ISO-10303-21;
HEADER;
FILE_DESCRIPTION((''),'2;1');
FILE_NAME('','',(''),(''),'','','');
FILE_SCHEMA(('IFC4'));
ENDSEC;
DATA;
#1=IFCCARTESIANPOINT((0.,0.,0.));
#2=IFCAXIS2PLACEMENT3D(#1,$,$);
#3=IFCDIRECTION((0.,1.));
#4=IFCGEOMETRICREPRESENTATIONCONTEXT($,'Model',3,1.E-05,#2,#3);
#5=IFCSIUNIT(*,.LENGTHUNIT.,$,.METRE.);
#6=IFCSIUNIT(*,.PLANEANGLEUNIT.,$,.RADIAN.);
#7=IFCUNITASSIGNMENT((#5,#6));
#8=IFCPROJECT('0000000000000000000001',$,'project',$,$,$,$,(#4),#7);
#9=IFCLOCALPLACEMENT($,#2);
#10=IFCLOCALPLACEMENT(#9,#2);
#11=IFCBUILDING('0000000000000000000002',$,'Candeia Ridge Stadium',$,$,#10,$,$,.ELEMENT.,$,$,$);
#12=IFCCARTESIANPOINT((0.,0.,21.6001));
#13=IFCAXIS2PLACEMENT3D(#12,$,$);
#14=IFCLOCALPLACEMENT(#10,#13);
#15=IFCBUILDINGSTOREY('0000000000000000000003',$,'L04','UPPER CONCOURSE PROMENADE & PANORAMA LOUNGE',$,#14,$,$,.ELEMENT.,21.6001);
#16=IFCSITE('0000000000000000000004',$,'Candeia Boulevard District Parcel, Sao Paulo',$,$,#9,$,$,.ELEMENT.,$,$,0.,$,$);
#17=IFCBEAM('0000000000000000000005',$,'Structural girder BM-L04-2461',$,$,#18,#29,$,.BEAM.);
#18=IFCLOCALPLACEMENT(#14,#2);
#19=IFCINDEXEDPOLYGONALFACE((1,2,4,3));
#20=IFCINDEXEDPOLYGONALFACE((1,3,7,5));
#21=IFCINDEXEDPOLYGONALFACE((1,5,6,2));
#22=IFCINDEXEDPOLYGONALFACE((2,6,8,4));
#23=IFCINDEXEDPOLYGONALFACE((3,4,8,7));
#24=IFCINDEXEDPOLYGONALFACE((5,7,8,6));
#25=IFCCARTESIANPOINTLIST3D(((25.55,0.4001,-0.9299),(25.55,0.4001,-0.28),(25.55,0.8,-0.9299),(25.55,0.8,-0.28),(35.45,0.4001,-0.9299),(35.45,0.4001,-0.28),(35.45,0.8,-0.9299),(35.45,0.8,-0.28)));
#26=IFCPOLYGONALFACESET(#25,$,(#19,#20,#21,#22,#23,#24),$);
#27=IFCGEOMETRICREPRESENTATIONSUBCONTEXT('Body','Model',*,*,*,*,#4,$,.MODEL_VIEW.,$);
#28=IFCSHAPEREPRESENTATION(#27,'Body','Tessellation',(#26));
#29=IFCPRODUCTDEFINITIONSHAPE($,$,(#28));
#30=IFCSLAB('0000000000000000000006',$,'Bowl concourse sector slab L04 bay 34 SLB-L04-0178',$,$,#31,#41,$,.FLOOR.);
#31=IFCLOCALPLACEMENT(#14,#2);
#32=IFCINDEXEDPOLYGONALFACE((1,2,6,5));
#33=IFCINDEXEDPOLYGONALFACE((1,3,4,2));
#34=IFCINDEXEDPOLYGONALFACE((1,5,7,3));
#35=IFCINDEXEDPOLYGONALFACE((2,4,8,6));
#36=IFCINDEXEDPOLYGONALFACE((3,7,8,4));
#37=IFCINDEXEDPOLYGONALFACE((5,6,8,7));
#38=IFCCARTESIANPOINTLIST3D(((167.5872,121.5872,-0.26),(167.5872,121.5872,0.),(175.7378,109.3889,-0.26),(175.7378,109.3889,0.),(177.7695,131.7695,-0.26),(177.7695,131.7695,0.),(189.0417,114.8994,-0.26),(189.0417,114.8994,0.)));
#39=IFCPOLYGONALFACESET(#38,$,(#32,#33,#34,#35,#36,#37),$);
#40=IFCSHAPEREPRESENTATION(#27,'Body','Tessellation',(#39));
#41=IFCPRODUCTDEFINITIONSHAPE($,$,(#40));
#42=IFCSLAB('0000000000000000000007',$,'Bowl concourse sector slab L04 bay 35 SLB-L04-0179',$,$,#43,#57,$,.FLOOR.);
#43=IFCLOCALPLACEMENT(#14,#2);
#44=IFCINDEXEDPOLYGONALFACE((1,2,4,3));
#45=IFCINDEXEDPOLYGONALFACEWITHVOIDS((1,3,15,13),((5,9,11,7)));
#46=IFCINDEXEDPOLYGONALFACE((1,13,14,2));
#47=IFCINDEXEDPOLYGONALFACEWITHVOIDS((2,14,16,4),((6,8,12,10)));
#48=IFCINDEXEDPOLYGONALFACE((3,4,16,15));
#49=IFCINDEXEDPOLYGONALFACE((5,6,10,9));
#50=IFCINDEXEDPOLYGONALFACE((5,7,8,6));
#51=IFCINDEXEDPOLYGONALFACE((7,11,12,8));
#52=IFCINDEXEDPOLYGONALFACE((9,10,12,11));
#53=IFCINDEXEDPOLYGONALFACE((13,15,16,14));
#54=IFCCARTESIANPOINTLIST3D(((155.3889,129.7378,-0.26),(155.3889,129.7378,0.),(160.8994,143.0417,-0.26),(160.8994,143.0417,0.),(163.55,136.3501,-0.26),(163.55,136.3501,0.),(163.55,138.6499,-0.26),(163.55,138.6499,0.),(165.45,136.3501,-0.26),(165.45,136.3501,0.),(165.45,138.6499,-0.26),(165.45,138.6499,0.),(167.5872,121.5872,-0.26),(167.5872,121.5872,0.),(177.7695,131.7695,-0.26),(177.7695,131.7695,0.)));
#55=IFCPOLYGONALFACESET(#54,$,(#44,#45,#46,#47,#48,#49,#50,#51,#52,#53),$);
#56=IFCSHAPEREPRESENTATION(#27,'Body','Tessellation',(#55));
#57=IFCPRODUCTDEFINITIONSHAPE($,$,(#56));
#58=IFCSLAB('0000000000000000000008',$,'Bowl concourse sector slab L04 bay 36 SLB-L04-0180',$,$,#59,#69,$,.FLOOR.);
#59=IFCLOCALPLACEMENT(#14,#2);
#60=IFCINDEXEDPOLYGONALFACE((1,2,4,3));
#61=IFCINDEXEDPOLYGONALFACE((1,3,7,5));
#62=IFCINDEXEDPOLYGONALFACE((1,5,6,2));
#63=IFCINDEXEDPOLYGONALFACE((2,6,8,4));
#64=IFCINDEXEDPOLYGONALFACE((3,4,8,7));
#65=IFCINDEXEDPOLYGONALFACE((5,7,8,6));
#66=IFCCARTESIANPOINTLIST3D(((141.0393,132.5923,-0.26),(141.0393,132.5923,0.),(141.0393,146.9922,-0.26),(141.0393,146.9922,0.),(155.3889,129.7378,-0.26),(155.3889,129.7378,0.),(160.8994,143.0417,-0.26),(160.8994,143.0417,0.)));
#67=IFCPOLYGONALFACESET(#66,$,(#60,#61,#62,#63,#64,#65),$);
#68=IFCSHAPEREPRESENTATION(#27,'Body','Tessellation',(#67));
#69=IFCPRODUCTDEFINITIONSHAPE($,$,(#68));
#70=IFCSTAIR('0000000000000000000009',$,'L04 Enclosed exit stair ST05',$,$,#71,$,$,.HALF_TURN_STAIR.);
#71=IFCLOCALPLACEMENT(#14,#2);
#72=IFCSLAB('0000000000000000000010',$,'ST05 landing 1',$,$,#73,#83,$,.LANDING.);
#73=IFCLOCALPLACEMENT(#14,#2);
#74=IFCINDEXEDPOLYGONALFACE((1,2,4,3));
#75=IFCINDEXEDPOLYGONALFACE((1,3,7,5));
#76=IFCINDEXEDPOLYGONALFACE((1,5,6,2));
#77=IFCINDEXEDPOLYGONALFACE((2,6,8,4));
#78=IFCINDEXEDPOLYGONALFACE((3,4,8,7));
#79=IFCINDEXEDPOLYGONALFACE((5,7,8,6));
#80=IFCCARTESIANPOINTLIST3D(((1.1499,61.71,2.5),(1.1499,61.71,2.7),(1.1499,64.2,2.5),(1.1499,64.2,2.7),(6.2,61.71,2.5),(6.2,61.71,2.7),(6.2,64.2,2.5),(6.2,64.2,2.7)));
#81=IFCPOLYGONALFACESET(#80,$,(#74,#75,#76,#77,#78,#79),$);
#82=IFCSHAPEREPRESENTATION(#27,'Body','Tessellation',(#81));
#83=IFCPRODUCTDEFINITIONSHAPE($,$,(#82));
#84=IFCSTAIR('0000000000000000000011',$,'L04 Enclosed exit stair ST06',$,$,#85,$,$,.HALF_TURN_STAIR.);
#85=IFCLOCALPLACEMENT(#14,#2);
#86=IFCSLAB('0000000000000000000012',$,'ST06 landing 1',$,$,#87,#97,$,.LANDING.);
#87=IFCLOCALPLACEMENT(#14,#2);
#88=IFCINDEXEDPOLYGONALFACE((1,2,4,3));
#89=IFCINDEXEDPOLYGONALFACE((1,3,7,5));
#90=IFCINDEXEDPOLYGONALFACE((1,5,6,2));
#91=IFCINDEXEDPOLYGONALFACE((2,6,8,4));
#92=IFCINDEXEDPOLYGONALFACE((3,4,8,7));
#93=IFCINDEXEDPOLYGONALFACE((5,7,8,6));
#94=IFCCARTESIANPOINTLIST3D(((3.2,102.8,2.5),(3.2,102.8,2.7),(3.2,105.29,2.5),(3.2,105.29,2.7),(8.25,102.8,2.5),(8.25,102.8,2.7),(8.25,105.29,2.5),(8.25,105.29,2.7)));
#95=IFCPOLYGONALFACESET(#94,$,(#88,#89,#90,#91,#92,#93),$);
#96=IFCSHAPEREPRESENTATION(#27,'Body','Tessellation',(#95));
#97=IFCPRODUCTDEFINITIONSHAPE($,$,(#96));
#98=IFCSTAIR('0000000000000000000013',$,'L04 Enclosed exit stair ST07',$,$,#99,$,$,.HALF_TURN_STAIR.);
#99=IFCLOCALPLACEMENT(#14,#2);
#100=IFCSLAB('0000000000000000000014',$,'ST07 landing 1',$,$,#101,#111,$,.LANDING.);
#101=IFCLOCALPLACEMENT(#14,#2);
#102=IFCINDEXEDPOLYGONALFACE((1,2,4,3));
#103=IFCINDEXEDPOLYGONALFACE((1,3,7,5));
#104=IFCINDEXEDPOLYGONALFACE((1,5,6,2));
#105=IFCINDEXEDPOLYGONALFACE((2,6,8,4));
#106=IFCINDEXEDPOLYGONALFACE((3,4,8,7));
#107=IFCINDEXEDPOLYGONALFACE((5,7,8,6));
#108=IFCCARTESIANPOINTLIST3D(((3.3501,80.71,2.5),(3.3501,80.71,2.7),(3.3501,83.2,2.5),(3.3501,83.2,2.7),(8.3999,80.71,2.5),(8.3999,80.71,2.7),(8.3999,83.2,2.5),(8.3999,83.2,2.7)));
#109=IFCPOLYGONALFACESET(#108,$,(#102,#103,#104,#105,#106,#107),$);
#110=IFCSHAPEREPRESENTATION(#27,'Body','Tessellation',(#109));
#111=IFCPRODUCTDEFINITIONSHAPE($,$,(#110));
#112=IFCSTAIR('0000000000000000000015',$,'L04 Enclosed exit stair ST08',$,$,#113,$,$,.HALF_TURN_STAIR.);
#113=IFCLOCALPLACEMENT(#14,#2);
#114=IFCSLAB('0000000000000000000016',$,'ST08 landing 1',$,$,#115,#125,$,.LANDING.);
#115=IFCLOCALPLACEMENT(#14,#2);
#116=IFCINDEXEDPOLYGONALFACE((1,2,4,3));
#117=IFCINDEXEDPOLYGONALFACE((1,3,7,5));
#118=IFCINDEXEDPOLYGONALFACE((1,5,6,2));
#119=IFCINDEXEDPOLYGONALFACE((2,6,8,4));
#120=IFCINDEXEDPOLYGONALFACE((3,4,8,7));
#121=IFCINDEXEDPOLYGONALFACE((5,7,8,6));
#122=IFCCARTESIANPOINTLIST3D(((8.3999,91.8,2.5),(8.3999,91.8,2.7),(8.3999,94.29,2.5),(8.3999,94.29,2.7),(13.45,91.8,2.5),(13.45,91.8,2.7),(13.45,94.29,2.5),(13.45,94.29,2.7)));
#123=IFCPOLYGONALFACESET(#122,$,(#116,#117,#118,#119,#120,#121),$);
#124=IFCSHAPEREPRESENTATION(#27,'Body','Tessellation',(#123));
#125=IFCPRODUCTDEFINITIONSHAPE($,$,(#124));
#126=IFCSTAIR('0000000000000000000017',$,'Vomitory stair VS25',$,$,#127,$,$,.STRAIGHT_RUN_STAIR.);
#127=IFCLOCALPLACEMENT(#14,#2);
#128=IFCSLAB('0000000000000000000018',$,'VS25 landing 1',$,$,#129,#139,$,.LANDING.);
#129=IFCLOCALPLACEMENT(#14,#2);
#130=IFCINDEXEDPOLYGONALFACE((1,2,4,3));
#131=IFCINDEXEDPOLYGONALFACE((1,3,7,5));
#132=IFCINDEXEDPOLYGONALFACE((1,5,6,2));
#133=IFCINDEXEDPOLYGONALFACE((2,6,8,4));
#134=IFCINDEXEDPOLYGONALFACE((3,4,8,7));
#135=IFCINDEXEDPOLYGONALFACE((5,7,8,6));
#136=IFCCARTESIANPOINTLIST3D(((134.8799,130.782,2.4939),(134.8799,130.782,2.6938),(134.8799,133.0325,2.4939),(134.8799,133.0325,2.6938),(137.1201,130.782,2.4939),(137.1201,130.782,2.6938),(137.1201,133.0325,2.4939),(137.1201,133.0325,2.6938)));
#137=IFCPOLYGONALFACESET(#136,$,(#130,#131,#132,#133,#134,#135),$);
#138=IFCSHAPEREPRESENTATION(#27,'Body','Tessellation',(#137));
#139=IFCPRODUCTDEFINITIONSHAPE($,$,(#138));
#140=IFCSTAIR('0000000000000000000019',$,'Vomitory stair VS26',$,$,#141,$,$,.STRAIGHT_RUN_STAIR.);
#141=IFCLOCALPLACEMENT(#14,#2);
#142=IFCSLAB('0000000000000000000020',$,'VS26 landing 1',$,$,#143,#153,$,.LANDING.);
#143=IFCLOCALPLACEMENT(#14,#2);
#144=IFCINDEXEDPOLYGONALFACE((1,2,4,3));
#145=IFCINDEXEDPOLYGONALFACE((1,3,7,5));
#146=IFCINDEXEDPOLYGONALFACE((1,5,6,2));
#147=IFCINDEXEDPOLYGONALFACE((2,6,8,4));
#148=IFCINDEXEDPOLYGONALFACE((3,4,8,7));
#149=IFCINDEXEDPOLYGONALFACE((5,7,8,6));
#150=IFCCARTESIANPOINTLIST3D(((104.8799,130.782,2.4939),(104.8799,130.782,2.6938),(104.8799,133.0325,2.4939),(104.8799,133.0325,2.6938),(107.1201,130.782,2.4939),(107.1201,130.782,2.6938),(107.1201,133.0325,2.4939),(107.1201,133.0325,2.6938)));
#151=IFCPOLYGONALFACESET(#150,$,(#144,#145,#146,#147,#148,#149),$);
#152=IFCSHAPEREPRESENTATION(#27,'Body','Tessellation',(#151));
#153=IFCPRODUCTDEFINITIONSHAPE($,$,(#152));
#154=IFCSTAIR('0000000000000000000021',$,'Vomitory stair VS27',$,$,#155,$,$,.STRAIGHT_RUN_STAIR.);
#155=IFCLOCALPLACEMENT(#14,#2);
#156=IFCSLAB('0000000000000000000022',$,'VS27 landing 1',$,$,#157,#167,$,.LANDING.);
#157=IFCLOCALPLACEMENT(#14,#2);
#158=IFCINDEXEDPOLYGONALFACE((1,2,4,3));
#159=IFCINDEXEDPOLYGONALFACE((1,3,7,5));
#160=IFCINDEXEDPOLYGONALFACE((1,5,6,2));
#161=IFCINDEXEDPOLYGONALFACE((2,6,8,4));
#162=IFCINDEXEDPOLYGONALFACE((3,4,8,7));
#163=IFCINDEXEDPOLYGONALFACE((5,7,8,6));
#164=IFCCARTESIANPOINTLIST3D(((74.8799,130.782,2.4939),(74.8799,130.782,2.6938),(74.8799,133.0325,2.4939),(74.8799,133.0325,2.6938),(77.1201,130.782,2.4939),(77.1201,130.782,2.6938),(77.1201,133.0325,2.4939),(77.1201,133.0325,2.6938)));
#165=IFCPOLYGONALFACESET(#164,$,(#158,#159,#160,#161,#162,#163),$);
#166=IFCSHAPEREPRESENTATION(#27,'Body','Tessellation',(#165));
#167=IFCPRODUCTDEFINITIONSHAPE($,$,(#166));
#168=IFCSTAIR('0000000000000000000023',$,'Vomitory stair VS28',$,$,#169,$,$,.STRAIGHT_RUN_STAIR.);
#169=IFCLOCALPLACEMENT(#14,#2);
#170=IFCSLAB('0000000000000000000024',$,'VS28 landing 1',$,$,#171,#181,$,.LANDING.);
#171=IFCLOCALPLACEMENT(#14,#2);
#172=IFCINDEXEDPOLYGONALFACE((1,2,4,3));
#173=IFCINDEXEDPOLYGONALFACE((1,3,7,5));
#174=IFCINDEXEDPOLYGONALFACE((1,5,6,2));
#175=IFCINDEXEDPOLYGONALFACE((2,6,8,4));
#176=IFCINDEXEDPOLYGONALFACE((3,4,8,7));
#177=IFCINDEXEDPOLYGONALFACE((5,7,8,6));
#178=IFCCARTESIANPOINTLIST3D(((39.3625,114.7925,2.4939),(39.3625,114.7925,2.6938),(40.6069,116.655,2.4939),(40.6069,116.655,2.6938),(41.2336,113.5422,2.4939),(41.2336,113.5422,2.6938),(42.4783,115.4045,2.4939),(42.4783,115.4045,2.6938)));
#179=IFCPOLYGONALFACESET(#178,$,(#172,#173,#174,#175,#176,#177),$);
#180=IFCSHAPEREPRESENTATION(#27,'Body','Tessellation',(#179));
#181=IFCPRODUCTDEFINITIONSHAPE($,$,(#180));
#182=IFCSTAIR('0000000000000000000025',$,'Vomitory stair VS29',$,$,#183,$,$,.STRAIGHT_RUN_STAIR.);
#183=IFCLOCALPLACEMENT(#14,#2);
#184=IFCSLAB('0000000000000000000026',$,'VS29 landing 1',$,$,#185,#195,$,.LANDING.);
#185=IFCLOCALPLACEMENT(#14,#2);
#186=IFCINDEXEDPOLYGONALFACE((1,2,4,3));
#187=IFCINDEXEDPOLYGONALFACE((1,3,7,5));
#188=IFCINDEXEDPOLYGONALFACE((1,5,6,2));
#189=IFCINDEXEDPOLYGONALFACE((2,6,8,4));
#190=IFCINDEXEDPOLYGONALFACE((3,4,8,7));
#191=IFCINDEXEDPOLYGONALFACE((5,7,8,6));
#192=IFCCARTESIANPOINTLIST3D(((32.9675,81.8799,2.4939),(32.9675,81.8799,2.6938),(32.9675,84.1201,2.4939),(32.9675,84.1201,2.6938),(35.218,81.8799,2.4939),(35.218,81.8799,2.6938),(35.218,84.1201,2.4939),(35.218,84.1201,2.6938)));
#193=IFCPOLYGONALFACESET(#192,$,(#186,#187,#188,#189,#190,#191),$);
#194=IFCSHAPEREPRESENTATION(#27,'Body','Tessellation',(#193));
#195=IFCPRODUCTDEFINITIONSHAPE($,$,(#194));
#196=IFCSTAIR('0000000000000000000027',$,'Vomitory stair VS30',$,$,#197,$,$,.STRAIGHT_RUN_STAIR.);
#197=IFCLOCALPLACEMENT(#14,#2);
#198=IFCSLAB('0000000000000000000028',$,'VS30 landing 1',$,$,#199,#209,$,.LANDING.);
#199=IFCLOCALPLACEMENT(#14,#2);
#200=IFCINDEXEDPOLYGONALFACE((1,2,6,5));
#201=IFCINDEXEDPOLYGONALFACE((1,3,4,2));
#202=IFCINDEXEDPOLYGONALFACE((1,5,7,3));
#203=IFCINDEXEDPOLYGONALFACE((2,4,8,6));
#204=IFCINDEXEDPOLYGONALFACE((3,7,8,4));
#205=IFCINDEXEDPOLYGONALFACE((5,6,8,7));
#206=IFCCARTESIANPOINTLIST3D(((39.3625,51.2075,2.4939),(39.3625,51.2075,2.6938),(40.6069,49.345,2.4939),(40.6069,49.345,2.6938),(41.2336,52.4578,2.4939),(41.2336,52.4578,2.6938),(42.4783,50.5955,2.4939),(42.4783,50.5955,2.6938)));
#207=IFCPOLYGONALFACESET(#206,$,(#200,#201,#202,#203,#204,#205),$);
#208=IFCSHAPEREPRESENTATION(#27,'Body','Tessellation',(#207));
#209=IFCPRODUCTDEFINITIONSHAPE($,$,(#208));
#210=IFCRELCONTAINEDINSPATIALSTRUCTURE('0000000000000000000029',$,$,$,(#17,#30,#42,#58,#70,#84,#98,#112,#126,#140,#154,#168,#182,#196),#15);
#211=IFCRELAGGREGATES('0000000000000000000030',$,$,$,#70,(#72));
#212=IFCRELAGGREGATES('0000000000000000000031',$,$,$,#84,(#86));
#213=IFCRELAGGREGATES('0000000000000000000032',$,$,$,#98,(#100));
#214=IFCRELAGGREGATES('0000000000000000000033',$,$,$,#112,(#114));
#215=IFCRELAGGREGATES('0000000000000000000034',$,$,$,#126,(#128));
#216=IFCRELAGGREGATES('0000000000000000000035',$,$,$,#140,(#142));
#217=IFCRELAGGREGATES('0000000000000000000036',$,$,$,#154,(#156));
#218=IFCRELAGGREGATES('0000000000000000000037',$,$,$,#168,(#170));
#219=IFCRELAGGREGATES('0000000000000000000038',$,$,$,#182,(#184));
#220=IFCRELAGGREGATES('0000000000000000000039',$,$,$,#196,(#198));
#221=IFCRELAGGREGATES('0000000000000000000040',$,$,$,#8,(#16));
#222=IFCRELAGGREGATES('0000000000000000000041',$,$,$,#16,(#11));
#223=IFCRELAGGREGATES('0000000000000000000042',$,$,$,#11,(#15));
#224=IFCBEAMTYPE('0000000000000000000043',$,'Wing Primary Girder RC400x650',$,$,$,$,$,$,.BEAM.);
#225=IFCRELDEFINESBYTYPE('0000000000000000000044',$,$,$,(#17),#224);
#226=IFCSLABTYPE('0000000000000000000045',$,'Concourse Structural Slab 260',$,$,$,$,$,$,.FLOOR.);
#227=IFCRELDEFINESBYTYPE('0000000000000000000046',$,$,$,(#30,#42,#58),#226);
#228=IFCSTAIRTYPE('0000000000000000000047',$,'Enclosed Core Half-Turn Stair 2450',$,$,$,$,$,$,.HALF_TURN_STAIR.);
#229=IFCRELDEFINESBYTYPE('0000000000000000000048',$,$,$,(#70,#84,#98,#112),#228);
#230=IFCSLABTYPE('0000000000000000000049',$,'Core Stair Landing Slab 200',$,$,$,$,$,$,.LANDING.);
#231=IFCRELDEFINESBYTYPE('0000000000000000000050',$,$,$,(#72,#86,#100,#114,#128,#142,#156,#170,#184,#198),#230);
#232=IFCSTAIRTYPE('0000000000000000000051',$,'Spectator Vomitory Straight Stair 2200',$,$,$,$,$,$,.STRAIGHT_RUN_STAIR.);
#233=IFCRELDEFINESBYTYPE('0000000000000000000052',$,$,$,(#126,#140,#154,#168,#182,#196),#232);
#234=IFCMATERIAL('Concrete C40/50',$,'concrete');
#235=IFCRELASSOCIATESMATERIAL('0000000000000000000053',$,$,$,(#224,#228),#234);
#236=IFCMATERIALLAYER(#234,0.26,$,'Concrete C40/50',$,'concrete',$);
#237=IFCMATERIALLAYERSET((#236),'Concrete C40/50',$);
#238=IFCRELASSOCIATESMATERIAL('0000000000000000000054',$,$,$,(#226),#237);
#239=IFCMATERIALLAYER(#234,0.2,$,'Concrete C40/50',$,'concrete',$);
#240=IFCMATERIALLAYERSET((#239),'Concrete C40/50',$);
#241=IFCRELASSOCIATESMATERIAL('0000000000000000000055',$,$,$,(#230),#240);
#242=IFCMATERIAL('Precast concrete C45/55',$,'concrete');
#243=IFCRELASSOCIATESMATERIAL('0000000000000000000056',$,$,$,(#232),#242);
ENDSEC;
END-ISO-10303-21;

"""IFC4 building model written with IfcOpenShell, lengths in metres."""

from ifc_helpers import new_model, si_unit, direction, frame, origin, origin_2d, place, context, subcontext, project, spatial, polyline, rectangle, outline, extrude, material, layer, layer_set, material_profile, profile_set, type_object, element, aggregate, save


model = new_model("IFC4")

# Units and contexts
model_context = context("Model", 3, precision=1e-05, world=origin(), true_north=direction((0.0, 1.0)))
body_context = subcontext(model_context, "Body", "Model", "MODEL_VIEW")
ifc_project = project(units=[si_unit("LENGTHUNIT", "METRE"), si_unit("PLANEANGLEUNIT", "RADIAN")], contexts=[model_context])

# Site, building, storey
site_placement = place(None, origin())
site = spatial("IfcSite", under=ifc_project, at=site_placement, Name="Candeia Boulevard District Parcel, Sao Paulo", CompositionType="ELEMENT", RefElevation=0.0)
building_placement = place(site_placement, origin())
building = spatial("IfcBuilding", under=site, at=building_placement, Name="Candeia Ridge Stadium", CompositionType="ELEMENT")
storey_placement = place(building_placement, frame((0.0, 0.0, 21.6001)))
storey = spatial("IfcBuildingStorey", under=building, at=storey_placement, Name="L04", Description="UPPER CONCOURSE PROMENADE & PANORAMA LOUNGE", CompositionType="ELEMENT", Elevation=21.6001)

# Beam
ifc_material_1 = material(Name="Concrete C40/50", Category="concrete")
ifc_material_profile = material_profile(ifc_material_1, rectangle(XDim=0.3999, YDim=0.6499, at=origin_2d()), Name="RC400x650", Category="concrete")
ifc_profile_set = profile_set([ifc_material_profile], Name="Concrete C40/50")
beam_type = type_object("IfcBeamType", Name="Wing Primary Girder RC400x650", PredefinedType="BEAM", material=ifc_profile_set)
beam_placement = place(storey_placement, frame((25.55, 0.6001, -0.605), z_axis=(1.0, 0.0, 0.0), x_axis=(0.0, 1.0, 0.0)))
element("IfcBeam", 1, at=beam_placement, inside=storey, type_object=beam_type, Name="Structural girder BM-L04-2461", PredefinedType="BEAM", context=body_context, shape_type="SweptSolid", body=[
    extrude(rectangle(XDim=0.3999, YDim=0.6499, at=origin_2d()), origin(), (0.0, 0.0, 1.0), 9.8999),
])

# Slabs
ifc_layer_1 = layer(ifc_material_1, 0.26, Name="Concrete C40/50", Category="concrete")
ifc_layer_set_1 = layer_set([ifc_layer_1], Name="Concrete C40/50")
slab_type_1 = type_object("IfcSlabType", Name="Concourse Structural Slab 260", PredefinedType="FLOOR", material=ifc_layer_set_1)
slab_1_placement = place(storey_placement, frame((0.0, 0.0, -0.26)))
element("IfcSlab", 2, at=slab_1_placement, inside=storey, type_object=slab_type_1, Name="Bowl concourse sector slab L04 bay 34 SLB-L04-0178", PredefinedType="FLOOR", context=body_context, shape_type="SweptSolid", body=[
    extrude(outline(polyline([(167.5872, 121.5872), (177.7695, 131.7695), (189.0417, 114.8994), (175.7378, 109.3889), (167.5872, 121.5872)])), origin(), (0.0, 0.0, 1.0), 0.26),
])
slab_2_placement = place(storey_placement, frame((0.0, 0.0, -0.26)))
element("IfcSlab", 3, at=slab_2_placement, inside=storey, type_object=slab_type_1, Name="Bowl concourse sector slab L04 bay 35 SLB-L04-0179", PredefinedType="FLOOR", context=body_context, shape_type="SweptSolid", body=[
    extrude(outline(polyline([(155.3889, 129.7378), (160.8994, 143.0417), (177.7695, 131.7695), (167.5872, 121.5872), (155.3889, 129.7378)]), holes=[polyline([(165.45, 136.3501), (165.45, 138.6499), (163.55, 138.6499), (163.55, 136.3501), (165.45, 136.3501)])]), origin(), (0.0, 0.0, 1.0), 0.26),
])
slab_3_placement = place(storey_placement, frame((0.0, 0.0, -0.26)))
element("IfcSlab", 4, at=slab_3_placement, inside=storey, type_object=slab_type_1, Name="Bowl concourse sector slab L04 bay 36 SLB-L04-0180", PredefinedType="FLOOR", context=body_context, shape_type="SweptSolid", body=[
    extrude(outline(polyline([(141.0393, 132.5923), (141.0393, 146.9922), (160.8994, 143.0417), (155.3889, 129.7378), (141.0393, 132.5923)])), origin(), (0.0, 0.0, 1.0), 0.26),
])

# Stairs, slabs
stair_type_1 = type_object("IfcStairType", Name="Enclosed Core Half-Turn Stair 2450", PredefinedType="HALF_TURN_STAIR", material=ifc_material_1)
stair_1_placement = place(storey_placement, origin())
stair_1 = element("IfcStair", 5, at=stair_1_placement, inside=storey, type_object=stair_type_1, Name="L04 Enclosed exit stair ST05", PredefinedType="HALF_TURN_STAIR")
ifc_layer_2 = layer(ifc_material_1, 0.2, Name="Concrete C40/50", Category="concrete")
ifc_layer_set_2 = layer_set([ifc_layer_2], Name="Concrete C40/50")
slab_type_2 = type_object("IfcSlabType", Name="Core Stair Landing Slab 200", PredefinedType="LANDING", material=ifc_layer_set_2)
slab_4_placement = place(storey_placement, frame((0.0, 0.0, 2.5)))
slab_4 = element("IfcSlab", 6, at=slab_4_placement, type_object=slab_type_2, Name="ST05 landing 1", PredefinedType="LANDING", context=body_context, shape_type="SweptSolid", body=[
    extrude(outline(polyline([(6.2, 61.71), (6.2, 64.2), (1.1499, 64.2), (1.1499, 61.71), (6.2, 61.71)])), origin(), (0.0, 0.0, 1.0), 0.2),
])
aggregate(stair_1, [slab_4])
stair_2_placement = place(storey_placement, origin())
stair_2 = element("IfcStair", 7, at=stair_2_placement, inside=storey, type_object=stair_type_1, Name="L04 Enclosed exit stair ST06", PredefinedType="HALF_TURN_STAIR")
slab_5_placement = place(storey_placement, frame((0.0, 0.0, 2.5)))
slab_5 = element("IfcSlab", 8, at=slab_5_placement, type_object=slab_type_2, Name="ST06 landing 1", PredefinedType="LANDING", context=body_context, shape_type="SweptSolid", body=[
    extrude(outline(polyline([(3.2, 105.29), (3.2, 102.8), (8.25, 102.8), (8.25, 105.29), (3.2, 105.29)])), origin(), (0.0, 0.0, 1.0), 0.2),
])
aggregate(stair_2, [slab_5])
stair_3_placement = place(storey_placement, origin())
stair_3 = element("IfcStair", 9, at=stair_3_placement, inside=storey, type_object=stair_type_1, Name="L04 Enclosed exit stair ST07", PredefinedType="HALF_TURN_STAIR")
slab_6_placement = place(storey_placement, frame((0.0, 0.0, 2.5)))
slab_6 = element("IfcSlab", 10, at=slab_6_placement, type_object=slab_type_2, Name="ST07 landing 1", PredefinedType="LANDING", context=body_context, shape_type="SweptSolid", body=[
    extrude(outline(polyline([(8.3999, 80.71), (8.3999, 83.2), (3.3501, 83.2), (3.3501, 80.71), (8.3999, 80.71)])), origin(), (0.0, 0.0, 1.0), 0.2),
])
aggregate(stair_3, [slab_6])
stair_4_placement = place(storey_placement, origin())
stair_4 = element("IfcStair", 11, at=stair_4_placement, inside=storey, type_object=stair_type_1, Name="L04 Enclosed exit stair ST08", PredefinedType="HALF_TURN_STAIR")
slab_7_placement = place(storey_placement, frame((0.0, 0.0, 2.5)))
slab_7 = element("IfcSlab", 12, at=slab_7_placement, type_object=slab_type_2, Name="ST08 landing 1", PredefinedType="LANDING", context=body_context, shape_type="SweptSolid", body=[
    extrude(outline(polyline([(8.3999, 94.29), (8.3999, 91.8), (13.45, 91.8), (13.45, 94.29), (8.3999, 94.29)])), origin(), (0.0, 0.0, 1.0), 0.2),
])
aggregate(stair_4, [slab_7])
ifc_material_2 = material(Name="Precast concrete C45/55", Category="concrete")
stair_type_2 = type_object("IfcStairType", Name="Spectator Vomitory Straight Stair 2200", PredefinedType="STRAIGHT_RUN_STAIR", material=ifc_material_2)
stair_5_placement = place(storey_placement, origin())
stair_5 = element("IfcStair", 13, at=stair_5_placement, inside=storey, type_object=stair_type_2, Name="Vomitory stair VS25", PredefinedType="STRAIGHT_RUN_STAIR")
slab_8_placement = place(storey_placement, frame((0.0, 0.0, 2.4939)))
slab_8 = element("IfcSlab", 14, at=slab_8_placement, type_object=slab_type_2, Name="VS25 landing 1", PredefinedType="LANDING", context=body_context, shape_type="SweptSolid", body=[
    extrude(outline(polyline([(137.1201, 133.0325), (137.1201, 130.782), (134.8799, 130.782), (134.8799, 133.0325), (137.1201, 133.0325)])), origin(), (0.0, 0.0, 1.0), 0.2),
])
aggregate(stair_5, [slab_8])
stair_6_placement = place(storey_placement, origin())
stair_6 = element("IfcStair", 15, at=stair_6_placement, inside=storey, type_object=stair_type_2, Name="Vomitory stair VS26", PredefinedType="STRAIGHT_RUN_STAIR")
slab_9_placement = place(storey_placement, frame((0.0, 0.0, 2.4939)))
slab_9 = element("IfcSlab", 16, at=slab_9_placement, type_object=slab_type_2, Name="VS26 landing 1", PredefinedType="LANDING", context=body_context, shape_type="SweptSolid", body=[
    extrude(outline(polyline([(107.1201, 133.0325), (107.1201, 130.782), (104.8799, 130.782), (104.8799, 133.0325), (107.1201, 133.0325)])), origin(), (0.0, 0.0, 1.0), 0.2),
])
aggregate(stair_6, [slab_9])
stair_7_placement = place(storey_placement, origin())
stair_7 = element("IfcStair", 17, at=stair_7_placement, inside=storey, type_object=stair_type_2, Name="Vomitory stair VS27", PredefinedType="STRAIGHT_RUN_STAIR")
slab_10_placement = place(storey_placement, frame((0.0, 0.0, 2.4939)))
slab_10 = element("IfcSlab", 18, at=slab_10_placement, type_object=slab_type_2, Name="VS27 landing 1", PredefinedType="LANDING", context=body_context, shape_type="SweptSolid", body=[
    extrude(outline(polyline([(77.1201, 133.0325), (77.1201, 130.782), (74.8799, 130.782), (74.8799, 133.0325), (77.1201, 133.0325)])), origin(), (0.0, 0.0, 1.0), 0.2),
])
aggregate(stair_7, [slab_10])
stair_8_placement = place(storey_placement, origin())
stair_8 = element("IfcStair", 19, at=stair_8_placement, inside=storey, type_object=stair_type_2, Name="Vomitory stair VS28", PredefinedType="STRAIGHT_RUN_STAIR")
slab_11_placement = place(storey_placement, frame((0.0, 0.0, 2.4939)))
slab_11 = element("IfcSlab", 20, at=slab_11_placement, type_object=slab_type_2, Name="VS28 landing 1", PredefinedType="LANDING", context=body_context, shape_type="SweptSolid", body=[
    extrude(outline(polyline([(40.6069, 116.655), (42.4783, 115.4045), (41.2336, 113.5422), (39.3625, 114.7925), (40.6069, 116.655)])), origin(), (0.0, 0.0, 1.0), 0.2),
])
aggregate(stair_8, [slab_11])
stair_9_placement = place(storey_placement, origin())
stair_9 = element("IfcStair", 21, at=stair_9_placement, inside=storey, type_object=stair_type_2, Name="Vomitory stair VS29", PredefinedType="STRAIGHT_RUN_STAIR")
slab_12_placement = place(storey_placement, frame((0.0, 0.0, 2.4939)))
slab_12 = element("IfcSlab", 22, at=slab_12_placement, type_object=slab_type_2, Name="VS29 landing 1", PredefinedType="LANDING", context=body_context, shape_type="SweptSolid", body=[
    extrude(outline(polyline([(32.9675, 84.1201), (35.218, 84.1201), (35.218, 81.8799), (32.9675, 81.8799), (32.9675, 84.1201)])), origin(), (0.0, 0.0, 1.0), 0.2),
])
aggregate(stair_9, [slab_12])
stair_10_placement = place(storey_placement, origin())
stair_10 = element("IfcStair", 23, at=stair_10_placement, inside=storey, type_object=stair_type_2, Name="Vomitory stair VS30", PredefinedType="STRAIGHT_RUN_STAIR")
slab_13_placement = place(storey_placement, frame((0.0, 0.0, 2.4939)))
slab_13 = element("IfcSlab", 24, at=slab_13_placement, type_object=slab_type_2, Name="VS30 landing 1", PredefinedType="LANDING", context=body_context, shape_type="SweptSolid", body=[
    extrude(outline(polyline([(39.3625, 51.2075), (41.2336, 52.4578), (42.4783, 50.5955), (40.6069, 49.345), (39.3625, 51.2075)])), origin(), (0.0, 0.0, 1.0), 0.2),
])
aggregate(stair_10, [slab_13])

save(model, "model.ifc")
